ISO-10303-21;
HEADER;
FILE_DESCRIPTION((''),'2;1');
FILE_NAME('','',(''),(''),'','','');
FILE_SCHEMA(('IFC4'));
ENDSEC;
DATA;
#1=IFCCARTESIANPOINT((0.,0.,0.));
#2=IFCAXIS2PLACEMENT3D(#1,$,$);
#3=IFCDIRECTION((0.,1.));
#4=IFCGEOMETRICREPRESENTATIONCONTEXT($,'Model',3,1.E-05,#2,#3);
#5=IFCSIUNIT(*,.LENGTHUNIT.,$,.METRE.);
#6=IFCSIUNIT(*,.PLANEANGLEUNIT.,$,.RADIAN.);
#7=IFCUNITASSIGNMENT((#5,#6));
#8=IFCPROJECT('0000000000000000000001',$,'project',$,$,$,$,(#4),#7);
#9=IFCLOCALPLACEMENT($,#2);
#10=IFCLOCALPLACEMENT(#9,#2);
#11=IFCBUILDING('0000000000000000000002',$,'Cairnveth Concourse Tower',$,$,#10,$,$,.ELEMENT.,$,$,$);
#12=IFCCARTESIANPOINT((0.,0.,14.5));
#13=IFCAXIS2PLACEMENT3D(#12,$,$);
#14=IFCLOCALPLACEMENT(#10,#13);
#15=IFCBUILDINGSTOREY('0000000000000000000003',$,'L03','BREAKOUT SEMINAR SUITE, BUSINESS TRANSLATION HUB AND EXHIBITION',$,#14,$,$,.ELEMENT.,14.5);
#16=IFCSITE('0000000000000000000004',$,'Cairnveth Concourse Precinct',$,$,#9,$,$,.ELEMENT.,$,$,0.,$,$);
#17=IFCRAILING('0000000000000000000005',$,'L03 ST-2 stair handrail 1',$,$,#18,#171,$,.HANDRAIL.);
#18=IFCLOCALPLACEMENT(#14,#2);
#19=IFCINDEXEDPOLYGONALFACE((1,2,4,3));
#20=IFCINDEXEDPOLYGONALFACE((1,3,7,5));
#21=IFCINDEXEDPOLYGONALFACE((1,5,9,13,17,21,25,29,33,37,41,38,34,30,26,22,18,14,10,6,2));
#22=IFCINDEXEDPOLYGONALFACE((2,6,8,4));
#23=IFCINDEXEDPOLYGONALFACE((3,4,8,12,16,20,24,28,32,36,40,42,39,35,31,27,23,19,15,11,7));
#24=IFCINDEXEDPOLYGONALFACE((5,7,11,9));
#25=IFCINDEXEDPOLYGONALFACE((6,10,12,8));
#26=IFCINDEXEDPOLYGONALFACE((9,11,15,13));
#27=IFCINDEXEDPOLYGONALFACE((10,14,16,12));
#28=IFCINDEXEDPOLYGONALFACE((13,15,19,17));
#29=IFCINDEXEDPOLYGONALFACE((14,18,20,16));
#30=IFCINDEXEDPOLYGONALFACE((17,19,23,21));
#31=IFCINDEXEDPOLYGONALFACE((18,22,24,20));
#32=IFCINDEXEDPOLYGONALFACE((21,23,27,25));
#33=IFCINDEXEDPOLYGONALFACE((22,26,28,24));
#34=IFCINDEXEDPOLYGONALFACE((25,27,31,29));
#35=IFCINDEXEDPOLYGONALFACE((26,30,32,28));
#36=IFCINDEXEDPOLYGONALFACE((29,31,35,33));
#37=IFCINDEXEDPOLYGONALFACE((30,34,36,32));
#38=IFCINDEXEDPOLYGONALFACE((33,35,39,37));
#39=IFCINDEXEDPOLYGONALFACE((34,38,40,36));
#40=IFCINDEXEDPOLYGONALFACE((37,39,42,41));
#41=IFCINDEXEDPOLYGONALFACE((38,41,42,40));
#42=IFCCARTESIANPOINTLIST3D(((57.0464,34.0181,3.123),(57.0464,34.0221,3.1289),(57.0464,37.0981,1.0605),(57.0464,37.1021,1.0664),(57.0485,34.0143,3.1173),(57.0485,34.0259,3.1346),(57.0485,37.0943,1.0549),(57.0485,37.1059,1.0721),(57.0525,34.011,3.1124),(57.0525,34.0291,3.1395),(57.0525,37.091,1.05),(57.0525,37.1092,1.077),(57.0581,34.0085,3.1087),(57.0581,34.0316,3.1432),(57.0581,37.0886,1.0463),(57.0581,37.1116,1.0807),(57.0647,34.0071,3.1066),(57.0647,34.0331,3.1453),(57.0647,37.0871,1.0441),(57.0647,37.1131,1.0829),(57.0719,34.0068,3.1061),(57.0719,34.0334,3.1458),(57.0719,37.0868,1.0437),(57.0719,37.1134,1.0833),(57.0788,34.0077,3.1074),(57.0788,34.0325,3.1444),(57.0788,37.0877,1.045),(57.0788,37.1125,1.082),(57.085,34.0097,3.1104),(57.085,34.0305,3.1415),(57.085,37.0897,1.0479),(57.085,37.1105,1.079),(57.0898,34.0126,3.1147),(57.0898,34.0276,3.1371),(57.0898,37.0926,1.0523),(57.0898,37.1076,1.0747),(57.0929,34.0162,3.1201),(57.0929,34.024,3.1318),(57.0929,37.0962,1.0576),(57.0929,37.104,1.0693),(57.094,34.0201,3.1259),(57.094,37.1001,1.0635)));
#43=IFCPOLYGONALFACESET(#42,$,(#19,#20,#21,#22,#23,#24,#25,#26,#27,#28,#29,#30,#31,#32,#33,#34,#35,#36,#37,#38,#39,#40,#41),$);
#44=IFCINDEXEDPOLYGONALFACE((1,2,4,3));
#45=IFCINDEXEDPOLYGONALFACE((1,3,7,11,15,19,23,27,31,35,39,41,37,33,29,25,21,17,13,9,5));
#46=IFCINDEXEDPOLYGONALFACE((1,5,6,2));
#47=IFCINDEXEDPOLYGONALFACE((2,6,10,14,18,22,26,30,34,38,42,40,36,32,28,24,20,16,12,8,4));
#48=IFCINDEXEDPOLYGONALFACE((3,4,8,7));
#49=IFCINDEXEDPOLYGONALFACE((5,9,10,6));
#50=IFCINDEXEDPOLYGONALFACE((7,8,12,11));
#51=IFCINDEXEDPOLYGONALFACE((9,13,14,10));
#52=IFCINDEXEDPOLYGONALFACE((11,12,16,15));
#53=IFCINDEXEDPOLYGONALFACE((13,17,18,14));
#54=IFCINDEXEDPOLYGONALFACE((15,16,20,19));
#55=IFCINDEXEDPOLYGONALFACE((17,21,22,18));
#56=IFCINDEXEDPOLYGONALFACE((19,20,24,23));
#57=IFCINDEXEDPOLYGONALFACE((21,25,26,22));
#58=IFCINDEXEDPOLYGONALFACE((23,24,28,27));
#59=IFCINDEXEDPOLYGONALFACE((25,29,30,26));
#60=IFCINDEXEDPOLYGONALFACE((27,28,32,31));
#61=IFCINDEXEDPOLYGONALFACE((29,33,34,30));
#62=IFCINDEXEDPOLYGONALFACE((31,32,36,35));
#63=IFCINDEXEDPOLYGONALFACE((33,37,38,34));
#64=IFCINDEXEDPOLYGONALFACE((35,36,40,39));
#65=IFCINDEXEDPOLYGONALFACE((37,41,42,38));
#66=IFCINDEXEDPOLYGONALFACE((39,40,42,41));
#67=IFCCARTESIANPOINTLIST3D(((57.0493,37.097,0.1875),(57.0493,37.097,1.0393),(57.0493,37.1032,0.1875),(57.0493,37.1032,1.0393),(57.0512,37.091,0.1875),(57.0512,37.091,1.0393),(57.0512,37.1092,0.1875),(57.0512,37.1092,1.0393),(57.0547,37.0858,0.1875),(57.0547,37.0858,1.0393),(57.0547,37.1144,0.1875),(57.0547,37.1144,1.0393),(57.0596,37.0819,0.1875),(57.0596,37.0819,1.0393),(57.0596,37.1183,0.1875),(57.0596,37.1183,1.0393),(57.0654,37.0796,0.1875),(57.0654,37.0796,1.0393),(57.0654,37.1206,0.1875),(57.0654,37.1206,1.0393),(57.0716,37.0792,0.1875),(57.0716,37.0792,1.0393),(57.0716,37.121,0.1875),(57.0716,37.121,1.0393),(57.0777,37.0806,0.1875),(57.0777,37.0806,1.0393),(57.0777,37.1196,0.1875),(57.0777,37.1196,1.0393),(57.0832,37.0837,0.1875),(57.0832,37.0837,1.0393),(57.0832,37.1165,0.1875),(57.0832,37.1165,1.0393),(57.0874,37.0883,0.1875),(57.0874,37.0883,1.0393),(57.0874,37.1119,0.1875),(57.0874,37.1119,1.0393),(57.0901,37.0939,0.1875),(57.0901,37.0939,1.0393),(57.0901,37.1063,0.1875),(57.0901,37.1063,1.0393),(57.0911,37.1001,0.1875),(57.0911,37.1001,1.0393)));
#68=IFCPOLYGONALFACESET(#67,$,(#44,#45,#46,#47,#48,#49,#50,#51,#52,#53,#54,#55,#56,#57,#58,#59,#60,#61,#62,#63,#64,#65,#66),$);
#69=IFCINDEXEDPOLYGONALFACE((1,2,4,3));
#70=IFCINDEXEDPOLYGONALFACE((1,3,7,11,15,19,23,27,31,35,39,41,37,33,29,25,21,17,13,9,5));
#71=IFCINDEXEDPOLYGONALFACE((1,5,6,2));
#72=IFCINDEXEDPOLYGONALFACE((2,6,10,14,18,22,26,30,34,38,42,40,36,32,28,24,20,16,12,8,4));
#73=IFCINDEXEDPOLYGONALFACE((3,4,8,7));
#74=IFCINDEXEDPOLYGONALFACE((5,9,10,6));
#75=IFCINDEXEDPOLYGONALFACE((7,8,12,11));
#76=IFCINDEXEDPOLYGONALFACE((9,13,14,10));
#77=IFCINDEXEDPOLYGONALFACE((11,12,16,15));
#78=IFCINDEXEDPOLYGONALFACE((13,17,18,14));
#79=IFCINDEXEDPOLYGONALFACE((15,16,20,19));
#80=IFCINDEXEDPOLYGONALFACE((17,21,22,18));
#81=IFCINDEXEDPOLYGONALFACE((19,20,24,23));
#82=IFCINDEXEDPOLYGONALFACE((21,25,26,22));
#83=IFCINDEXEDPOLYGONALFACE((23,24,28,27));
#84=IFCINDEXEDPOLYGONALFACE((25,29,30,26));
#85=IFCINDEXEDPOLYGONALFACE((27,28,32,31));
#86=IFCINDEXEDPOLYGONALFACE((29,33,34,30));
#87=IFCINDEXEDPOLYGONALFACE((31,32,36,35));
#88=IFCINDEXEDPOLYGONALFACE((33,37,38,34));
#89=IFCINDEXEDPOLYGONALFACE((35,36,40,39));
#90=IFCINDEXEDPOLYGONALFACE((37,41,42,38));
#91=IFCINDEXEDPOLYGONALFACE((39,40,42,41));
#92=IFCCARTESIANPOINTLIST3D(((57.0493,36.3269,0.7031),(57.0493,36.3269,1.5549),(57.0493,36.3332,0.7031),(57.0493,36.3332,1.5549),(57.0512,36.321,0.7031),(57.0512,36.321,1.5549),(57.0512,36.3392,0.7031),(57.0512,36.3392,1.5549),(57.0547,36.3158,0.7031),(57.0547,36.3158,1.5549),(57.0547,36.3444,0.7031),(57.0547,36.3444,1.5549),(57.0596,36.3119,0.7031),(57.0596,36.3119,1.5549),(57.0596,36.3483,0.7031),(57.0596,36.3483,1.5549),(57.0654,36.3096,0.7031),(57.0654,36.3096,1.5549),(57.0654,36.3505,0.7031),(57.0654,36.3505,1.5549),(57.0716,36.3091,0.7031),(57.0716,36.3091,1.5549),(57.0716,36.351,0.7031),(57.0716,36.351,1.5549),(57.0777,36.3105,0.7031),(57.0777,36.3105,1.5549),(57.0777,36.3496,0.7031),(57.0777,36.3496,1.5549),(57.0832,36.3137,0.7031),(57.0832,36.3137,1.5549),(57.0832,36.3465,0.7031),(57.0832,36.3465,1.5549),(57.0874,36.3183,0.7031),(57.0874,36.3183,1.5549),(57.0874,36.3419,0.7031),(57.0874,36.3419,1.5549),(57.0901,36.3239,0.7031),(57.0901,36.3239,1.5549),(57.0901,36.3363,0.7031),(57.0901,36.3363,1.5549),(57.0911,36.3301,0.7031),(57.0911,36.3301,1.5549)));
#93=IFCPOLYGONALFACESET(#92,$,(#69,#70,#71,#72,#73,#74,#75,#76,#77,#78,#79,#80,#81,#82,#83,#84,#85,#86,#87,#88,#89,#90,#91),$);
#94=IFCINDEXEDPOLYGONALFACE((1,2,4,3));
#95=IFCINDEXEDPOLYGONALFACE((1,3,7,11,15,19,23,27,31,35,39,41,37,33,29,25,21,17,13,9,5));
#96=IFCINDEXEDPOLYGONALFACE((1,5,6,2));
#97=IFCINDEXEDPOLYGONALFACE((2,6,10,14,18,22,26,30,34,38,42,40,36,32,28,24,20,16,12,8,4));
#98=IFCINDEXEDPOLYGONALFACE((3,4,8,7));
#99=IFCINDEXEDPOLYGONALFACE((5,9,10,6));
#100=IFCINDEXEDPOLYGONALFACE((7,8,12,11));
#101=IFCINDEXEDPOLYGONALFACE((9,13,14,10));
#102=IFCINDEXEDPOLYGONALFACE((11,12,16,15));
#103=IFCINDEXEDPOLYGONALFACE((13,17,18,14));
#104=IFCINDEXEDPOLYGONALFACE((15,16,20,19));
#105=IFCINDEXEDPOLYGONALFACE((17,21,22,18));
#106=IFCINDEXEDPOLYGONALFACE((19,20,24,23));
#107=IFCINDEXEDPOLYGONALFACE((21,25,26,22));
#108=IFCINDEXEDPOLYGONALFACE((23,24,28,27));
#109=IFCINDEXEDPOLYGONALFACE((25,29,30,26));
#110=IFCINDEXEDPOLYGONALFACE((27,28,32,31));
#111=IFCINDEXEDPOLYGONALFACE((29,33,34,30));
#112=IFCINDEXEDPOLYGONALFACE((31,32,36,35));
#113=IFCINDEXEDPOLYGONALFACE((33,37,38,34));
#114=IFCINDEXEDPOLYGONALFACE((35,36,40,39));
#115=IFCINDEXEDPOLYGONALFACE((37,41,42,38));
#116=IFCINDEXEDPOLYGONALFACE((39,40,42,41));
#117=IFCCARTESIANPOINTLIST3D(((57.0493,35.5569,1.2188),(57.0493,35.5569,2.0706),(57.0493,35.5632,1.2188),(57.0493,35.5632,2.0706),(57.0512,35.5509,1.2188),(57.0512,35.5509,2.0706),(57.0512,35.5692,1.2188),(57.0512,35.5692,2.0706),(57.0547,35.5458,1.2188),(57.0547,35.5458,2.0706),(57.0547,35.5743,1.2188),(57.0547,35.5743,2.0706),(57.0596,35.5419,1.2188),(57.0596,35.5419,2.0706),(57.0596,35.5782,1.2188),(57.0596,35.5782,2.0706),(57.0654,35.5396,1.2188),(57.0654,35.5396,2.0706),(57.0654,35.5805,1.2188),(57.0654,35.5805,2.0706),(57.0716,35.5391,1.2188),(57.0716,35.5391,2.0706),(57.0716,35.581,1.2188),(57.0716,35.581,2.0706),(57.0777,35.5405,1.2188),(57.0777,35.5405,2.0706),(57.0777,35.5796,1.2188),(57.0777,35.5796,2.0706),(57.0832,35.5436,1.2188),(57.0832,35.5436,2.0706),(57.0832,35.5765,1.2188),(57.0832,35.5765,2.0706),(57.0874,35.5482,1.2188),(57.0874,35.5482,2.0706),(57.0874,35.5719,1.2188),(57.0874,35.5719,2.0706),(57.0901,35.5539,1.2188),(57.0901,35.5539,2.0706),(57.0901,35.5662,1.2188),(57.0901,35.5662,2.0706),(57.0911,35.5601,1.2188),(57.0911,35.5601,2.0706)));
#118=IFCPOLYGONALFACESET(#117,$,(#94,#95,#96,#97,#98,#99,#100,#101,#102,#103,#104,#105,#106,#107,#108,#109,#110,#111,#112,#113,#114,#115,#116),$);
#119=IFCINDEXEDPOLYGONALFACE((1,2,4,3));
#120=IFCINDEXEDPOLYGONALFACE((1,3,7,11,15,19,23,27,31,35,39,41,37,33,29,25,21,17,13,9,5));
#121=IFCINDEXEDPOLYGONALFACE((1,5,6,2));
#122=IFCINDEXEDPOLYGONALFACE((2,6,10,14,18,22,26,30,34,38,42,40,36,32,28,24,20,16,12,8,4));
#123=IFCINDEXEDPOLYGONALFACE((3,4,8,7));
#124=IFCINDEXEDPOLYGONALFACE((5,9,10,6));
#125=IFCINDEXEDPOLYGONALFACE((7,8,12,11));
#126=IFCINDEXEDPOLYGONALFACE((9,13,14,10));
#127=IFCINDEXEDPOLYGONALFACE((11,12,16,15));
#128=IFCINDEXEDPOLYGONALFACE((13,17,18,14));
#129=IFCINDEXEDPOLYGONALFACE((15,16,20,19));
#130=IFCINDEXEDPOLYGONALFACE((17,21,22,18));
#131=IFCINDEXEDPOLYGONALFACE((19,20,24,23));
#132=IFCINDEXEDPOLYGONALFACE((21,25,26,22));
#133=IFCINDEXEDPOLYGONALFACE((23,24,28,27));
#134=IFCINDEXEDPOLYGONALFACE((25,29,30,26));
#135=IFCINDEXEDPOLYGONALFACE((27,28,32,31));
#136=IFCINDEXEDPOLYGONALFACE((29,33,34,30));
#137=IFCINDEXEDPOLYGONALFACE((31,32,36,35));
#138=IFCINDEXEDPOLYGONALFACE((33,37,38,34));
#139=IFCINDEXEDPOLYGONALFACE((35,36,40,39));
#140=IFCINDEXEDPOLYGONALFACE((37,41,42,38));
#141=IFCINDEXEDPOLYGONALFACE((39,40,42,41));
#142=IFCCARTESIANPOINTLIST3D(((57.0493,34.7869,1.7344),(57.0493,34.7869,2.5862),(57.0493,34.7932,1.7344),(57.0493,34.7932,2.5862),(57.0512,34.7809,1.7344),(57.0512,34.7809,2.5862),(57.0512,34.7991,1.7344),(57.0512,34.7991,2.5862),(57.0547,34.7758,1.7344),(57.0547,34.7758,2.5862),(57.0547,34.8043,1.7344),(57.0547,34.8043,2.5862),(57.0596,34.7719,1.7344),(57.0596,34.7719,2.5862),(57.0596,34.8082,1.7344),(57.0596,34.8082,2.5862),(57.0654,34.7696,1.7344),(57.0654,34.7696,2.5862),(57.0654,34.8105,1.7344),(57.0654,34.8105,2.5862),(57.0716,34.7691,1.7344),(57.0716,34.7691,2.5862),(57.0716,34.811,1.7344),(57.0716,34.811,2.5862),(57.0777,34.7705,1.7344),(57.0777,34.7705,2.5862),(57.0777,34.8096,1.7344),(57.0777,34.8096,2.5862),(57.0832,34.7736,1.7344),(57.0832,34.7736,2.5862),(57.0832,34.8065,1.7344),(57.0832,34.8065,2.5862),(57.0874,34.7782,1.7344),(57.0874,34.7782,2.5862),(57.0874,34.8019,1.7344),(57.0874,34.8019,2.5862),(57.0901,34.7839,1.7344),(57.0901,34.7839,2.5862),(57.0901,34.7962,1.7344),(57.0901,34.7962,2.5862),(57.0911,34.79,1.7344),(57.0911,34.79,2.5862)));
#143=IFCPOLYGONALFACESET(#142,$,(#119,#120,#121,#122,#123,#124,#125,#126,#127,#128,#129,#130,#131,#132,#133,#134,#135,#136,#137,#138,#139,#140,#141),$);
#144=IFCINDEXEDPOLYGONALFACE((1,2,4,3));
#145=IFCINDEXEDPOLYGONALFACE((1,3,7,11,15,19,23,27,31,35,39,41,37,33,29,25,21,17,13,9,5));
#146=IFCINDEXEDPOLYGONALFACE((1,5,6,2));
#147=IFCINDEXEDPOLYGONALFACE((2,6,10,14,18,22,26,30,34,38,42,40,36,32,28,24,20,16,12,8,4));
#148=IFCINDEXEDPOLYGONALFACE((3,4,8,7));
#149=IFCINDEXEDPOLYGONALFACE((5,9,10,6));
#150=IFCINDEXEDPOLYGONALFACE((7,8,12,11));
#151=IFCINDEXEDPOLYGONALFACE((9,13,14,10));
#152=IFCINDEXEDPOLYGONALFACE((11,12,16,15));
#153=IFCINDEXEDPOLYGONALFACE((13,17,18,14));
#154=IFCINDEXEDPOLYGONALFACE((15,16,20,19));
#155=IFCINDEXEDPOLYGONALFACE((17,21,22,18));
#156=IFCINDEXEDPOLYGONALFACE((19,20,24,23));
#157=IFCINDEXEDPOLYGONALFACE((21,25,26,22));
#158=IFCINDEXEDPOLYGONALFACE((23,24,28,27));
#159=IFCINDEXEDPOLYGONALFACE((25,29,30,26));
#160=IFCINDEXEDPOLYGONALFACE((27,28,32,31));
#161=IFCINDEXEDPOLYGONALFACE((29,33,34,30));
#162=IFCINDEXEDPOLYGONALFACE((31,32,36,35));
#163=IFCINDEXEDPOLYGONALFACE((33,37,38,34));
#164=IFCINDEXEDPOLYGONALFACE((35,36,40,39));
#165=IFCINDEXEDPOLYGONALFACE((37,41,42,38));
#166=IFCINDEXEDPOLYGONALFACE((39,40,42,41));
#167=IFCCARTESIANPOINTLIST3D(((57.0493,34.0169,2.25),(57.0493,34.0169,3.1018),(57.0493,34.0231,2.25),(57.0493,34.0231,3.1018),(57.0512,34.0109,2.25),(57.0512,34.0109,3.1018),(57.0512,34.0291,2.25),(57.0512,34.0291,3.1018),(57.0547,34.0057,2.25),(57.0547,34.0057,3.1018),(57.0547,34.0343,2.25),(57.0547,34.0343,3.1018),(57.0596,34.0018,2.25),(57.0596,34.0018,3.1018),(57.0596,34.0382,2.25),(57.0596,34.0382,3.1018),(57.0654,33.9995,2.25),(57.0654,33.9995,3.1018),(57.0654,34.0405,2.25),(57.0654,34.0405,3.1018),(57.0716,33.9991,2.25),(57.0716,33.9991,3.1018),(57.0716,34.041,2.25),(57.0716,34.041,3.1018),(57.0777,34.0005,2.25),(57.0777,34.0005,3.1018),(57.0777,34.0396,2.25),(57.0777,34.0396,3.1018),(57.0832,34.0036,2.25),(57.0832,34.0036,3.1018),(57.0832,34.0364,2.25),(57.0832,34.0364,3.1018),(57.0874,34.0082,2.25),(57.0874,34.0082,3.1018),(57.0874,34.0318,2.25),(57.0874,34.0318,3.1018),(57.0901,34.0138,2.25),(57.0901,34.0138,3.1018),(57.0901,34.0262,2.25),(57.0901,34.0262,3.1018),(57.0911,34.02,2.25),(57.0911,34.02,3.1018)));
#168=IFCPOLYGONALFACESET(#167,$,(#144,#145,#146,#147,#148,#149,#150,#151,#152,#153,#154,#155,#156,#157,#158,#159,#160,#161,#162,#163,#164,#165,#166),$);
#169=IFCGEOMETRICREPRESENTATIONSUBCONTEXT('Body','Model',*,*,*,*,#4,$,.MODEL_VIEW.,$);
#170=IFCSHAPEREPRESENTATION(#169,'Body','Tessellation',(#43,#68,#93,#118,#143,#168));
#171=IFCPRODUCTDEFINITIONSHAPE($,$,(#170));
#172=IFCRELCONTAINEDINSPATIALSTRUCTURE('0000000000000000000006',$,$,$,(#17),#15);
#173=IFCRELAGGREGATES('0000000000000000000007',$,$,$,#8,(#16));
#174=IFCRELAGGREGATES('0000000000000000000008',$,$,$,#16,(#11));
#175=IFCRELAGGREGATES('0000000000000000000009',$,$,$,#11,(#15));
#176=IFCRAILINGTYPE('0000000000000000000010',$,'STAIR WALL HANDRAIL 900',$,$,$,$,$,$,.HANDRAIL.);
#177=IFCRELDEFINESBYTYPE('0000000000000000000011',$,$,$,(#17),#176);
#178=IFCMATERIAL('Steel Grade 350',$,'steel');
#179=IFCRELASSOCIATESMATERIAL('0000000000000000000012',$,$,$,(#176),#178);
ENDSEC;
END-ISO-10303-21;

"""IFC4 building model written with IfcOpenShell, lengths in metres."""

from ifc_helpers import new_model, si_unit, direction, frame, origin, origin_2d, place, context, subcontext, project, spatial, circle, extrude, material, type_object, element, save


model = new_model("IFC4")

# Units and contexts
model_context = context("Model", 3, precision=1e-05, world=origin(), true_north=direction((0.0, 1.0)))
body_context = subcontext(model_context, "Body", "Model", "MODEL_VIEW")
ifc_project = project(units=[si_unit("LENGTHUNIT", "METRE"), si_unit("PLANEANGLEUNIT", "RADIAN")], contexts=[model_context])

# Site, building, storey
site_placement = place(None, origin())
site = spatial("IfcSite", under=ifc_project, at=site_placement, Name="Cairnveth Concourse Precinct", CompositionType="ELEMENT", RefElevation=0.0)
building_placement = place(site_placement, origin())
building = spatial("IfcBuilding", under=site, at=building_placement, Name="Cairnveth Concourse Tower", CompositionType="ELEMENT")
storey_placement = place(building_placement, frame((0.0, 0.0, 14.5)))
storey = spatial("IfcBuildingStorey", under=building, at=storey_placement, Name="L03", Description="BREAKOUT SEMINAR SUITE, BUSINESS TRANSLATION HUB AND EXHIBITION", CompositionType="ELEMENT", Elevation=14.5)

# Shared definitions
ifc_material_1 = material(Name="Steel Grade 350", Category="steel")

# Railing
railing_type_1 = type_object("IfcRailingType", Name="STAIR WALL HANDRAIL 900", PredefinedType="HANDRAIL", material=ifc_material_1)
railing_1_placement = place(storey_placement, frame((57.0701, 37.1001, 0.1875)))
element("IfcRailing", 1, at=railing_1_placement, inside=storey, type_object=railing_type_1, Name="L03 ST-2 stair handrail 1", PredefinedType="HANDRAIL", context=body_context, shape_type="SweptSolid", body=[
    extrude(circle(Radius=0.0239, at=origin_2d()), frame((0.0, 0.0, 0.876), z_axis=(0.0, -0.830914, 0.556401), x_axis=(1.0, 0.0, 0.0)), (0.0, 0.0, 1.0), 3.7068),
    extrude(circle(Radius=0.021, at=origin_2d()), origin(), (0.0, 0.0, 1.0), 0.8518),
    extrude(circle(Radius=0.021, at=origin_2d()), frame((0.0, -0.77, 0.5156)), (0.0, 0.0, 1.0), 0.8518),
    extrude(circle(Radius=0.021, at=origin_2d()), frame((0.0, -1.54, 1.0312)), (0.0, 0.0, 1.0), 0.8518),
    extrude(circle(Radius=0.021, at=origin_2d()), frame((0.0, -2.3101, 1.5469)), (0.0, 0.0, 1.0), 0.8518),
    extrude(circle(Radius=0.021, at=origin_2d()), frame((0.0, -3.0801, 2.0625)), (0.0, 0.0, 1.0), 0.8518),
])

save(model, "model.ifc")
